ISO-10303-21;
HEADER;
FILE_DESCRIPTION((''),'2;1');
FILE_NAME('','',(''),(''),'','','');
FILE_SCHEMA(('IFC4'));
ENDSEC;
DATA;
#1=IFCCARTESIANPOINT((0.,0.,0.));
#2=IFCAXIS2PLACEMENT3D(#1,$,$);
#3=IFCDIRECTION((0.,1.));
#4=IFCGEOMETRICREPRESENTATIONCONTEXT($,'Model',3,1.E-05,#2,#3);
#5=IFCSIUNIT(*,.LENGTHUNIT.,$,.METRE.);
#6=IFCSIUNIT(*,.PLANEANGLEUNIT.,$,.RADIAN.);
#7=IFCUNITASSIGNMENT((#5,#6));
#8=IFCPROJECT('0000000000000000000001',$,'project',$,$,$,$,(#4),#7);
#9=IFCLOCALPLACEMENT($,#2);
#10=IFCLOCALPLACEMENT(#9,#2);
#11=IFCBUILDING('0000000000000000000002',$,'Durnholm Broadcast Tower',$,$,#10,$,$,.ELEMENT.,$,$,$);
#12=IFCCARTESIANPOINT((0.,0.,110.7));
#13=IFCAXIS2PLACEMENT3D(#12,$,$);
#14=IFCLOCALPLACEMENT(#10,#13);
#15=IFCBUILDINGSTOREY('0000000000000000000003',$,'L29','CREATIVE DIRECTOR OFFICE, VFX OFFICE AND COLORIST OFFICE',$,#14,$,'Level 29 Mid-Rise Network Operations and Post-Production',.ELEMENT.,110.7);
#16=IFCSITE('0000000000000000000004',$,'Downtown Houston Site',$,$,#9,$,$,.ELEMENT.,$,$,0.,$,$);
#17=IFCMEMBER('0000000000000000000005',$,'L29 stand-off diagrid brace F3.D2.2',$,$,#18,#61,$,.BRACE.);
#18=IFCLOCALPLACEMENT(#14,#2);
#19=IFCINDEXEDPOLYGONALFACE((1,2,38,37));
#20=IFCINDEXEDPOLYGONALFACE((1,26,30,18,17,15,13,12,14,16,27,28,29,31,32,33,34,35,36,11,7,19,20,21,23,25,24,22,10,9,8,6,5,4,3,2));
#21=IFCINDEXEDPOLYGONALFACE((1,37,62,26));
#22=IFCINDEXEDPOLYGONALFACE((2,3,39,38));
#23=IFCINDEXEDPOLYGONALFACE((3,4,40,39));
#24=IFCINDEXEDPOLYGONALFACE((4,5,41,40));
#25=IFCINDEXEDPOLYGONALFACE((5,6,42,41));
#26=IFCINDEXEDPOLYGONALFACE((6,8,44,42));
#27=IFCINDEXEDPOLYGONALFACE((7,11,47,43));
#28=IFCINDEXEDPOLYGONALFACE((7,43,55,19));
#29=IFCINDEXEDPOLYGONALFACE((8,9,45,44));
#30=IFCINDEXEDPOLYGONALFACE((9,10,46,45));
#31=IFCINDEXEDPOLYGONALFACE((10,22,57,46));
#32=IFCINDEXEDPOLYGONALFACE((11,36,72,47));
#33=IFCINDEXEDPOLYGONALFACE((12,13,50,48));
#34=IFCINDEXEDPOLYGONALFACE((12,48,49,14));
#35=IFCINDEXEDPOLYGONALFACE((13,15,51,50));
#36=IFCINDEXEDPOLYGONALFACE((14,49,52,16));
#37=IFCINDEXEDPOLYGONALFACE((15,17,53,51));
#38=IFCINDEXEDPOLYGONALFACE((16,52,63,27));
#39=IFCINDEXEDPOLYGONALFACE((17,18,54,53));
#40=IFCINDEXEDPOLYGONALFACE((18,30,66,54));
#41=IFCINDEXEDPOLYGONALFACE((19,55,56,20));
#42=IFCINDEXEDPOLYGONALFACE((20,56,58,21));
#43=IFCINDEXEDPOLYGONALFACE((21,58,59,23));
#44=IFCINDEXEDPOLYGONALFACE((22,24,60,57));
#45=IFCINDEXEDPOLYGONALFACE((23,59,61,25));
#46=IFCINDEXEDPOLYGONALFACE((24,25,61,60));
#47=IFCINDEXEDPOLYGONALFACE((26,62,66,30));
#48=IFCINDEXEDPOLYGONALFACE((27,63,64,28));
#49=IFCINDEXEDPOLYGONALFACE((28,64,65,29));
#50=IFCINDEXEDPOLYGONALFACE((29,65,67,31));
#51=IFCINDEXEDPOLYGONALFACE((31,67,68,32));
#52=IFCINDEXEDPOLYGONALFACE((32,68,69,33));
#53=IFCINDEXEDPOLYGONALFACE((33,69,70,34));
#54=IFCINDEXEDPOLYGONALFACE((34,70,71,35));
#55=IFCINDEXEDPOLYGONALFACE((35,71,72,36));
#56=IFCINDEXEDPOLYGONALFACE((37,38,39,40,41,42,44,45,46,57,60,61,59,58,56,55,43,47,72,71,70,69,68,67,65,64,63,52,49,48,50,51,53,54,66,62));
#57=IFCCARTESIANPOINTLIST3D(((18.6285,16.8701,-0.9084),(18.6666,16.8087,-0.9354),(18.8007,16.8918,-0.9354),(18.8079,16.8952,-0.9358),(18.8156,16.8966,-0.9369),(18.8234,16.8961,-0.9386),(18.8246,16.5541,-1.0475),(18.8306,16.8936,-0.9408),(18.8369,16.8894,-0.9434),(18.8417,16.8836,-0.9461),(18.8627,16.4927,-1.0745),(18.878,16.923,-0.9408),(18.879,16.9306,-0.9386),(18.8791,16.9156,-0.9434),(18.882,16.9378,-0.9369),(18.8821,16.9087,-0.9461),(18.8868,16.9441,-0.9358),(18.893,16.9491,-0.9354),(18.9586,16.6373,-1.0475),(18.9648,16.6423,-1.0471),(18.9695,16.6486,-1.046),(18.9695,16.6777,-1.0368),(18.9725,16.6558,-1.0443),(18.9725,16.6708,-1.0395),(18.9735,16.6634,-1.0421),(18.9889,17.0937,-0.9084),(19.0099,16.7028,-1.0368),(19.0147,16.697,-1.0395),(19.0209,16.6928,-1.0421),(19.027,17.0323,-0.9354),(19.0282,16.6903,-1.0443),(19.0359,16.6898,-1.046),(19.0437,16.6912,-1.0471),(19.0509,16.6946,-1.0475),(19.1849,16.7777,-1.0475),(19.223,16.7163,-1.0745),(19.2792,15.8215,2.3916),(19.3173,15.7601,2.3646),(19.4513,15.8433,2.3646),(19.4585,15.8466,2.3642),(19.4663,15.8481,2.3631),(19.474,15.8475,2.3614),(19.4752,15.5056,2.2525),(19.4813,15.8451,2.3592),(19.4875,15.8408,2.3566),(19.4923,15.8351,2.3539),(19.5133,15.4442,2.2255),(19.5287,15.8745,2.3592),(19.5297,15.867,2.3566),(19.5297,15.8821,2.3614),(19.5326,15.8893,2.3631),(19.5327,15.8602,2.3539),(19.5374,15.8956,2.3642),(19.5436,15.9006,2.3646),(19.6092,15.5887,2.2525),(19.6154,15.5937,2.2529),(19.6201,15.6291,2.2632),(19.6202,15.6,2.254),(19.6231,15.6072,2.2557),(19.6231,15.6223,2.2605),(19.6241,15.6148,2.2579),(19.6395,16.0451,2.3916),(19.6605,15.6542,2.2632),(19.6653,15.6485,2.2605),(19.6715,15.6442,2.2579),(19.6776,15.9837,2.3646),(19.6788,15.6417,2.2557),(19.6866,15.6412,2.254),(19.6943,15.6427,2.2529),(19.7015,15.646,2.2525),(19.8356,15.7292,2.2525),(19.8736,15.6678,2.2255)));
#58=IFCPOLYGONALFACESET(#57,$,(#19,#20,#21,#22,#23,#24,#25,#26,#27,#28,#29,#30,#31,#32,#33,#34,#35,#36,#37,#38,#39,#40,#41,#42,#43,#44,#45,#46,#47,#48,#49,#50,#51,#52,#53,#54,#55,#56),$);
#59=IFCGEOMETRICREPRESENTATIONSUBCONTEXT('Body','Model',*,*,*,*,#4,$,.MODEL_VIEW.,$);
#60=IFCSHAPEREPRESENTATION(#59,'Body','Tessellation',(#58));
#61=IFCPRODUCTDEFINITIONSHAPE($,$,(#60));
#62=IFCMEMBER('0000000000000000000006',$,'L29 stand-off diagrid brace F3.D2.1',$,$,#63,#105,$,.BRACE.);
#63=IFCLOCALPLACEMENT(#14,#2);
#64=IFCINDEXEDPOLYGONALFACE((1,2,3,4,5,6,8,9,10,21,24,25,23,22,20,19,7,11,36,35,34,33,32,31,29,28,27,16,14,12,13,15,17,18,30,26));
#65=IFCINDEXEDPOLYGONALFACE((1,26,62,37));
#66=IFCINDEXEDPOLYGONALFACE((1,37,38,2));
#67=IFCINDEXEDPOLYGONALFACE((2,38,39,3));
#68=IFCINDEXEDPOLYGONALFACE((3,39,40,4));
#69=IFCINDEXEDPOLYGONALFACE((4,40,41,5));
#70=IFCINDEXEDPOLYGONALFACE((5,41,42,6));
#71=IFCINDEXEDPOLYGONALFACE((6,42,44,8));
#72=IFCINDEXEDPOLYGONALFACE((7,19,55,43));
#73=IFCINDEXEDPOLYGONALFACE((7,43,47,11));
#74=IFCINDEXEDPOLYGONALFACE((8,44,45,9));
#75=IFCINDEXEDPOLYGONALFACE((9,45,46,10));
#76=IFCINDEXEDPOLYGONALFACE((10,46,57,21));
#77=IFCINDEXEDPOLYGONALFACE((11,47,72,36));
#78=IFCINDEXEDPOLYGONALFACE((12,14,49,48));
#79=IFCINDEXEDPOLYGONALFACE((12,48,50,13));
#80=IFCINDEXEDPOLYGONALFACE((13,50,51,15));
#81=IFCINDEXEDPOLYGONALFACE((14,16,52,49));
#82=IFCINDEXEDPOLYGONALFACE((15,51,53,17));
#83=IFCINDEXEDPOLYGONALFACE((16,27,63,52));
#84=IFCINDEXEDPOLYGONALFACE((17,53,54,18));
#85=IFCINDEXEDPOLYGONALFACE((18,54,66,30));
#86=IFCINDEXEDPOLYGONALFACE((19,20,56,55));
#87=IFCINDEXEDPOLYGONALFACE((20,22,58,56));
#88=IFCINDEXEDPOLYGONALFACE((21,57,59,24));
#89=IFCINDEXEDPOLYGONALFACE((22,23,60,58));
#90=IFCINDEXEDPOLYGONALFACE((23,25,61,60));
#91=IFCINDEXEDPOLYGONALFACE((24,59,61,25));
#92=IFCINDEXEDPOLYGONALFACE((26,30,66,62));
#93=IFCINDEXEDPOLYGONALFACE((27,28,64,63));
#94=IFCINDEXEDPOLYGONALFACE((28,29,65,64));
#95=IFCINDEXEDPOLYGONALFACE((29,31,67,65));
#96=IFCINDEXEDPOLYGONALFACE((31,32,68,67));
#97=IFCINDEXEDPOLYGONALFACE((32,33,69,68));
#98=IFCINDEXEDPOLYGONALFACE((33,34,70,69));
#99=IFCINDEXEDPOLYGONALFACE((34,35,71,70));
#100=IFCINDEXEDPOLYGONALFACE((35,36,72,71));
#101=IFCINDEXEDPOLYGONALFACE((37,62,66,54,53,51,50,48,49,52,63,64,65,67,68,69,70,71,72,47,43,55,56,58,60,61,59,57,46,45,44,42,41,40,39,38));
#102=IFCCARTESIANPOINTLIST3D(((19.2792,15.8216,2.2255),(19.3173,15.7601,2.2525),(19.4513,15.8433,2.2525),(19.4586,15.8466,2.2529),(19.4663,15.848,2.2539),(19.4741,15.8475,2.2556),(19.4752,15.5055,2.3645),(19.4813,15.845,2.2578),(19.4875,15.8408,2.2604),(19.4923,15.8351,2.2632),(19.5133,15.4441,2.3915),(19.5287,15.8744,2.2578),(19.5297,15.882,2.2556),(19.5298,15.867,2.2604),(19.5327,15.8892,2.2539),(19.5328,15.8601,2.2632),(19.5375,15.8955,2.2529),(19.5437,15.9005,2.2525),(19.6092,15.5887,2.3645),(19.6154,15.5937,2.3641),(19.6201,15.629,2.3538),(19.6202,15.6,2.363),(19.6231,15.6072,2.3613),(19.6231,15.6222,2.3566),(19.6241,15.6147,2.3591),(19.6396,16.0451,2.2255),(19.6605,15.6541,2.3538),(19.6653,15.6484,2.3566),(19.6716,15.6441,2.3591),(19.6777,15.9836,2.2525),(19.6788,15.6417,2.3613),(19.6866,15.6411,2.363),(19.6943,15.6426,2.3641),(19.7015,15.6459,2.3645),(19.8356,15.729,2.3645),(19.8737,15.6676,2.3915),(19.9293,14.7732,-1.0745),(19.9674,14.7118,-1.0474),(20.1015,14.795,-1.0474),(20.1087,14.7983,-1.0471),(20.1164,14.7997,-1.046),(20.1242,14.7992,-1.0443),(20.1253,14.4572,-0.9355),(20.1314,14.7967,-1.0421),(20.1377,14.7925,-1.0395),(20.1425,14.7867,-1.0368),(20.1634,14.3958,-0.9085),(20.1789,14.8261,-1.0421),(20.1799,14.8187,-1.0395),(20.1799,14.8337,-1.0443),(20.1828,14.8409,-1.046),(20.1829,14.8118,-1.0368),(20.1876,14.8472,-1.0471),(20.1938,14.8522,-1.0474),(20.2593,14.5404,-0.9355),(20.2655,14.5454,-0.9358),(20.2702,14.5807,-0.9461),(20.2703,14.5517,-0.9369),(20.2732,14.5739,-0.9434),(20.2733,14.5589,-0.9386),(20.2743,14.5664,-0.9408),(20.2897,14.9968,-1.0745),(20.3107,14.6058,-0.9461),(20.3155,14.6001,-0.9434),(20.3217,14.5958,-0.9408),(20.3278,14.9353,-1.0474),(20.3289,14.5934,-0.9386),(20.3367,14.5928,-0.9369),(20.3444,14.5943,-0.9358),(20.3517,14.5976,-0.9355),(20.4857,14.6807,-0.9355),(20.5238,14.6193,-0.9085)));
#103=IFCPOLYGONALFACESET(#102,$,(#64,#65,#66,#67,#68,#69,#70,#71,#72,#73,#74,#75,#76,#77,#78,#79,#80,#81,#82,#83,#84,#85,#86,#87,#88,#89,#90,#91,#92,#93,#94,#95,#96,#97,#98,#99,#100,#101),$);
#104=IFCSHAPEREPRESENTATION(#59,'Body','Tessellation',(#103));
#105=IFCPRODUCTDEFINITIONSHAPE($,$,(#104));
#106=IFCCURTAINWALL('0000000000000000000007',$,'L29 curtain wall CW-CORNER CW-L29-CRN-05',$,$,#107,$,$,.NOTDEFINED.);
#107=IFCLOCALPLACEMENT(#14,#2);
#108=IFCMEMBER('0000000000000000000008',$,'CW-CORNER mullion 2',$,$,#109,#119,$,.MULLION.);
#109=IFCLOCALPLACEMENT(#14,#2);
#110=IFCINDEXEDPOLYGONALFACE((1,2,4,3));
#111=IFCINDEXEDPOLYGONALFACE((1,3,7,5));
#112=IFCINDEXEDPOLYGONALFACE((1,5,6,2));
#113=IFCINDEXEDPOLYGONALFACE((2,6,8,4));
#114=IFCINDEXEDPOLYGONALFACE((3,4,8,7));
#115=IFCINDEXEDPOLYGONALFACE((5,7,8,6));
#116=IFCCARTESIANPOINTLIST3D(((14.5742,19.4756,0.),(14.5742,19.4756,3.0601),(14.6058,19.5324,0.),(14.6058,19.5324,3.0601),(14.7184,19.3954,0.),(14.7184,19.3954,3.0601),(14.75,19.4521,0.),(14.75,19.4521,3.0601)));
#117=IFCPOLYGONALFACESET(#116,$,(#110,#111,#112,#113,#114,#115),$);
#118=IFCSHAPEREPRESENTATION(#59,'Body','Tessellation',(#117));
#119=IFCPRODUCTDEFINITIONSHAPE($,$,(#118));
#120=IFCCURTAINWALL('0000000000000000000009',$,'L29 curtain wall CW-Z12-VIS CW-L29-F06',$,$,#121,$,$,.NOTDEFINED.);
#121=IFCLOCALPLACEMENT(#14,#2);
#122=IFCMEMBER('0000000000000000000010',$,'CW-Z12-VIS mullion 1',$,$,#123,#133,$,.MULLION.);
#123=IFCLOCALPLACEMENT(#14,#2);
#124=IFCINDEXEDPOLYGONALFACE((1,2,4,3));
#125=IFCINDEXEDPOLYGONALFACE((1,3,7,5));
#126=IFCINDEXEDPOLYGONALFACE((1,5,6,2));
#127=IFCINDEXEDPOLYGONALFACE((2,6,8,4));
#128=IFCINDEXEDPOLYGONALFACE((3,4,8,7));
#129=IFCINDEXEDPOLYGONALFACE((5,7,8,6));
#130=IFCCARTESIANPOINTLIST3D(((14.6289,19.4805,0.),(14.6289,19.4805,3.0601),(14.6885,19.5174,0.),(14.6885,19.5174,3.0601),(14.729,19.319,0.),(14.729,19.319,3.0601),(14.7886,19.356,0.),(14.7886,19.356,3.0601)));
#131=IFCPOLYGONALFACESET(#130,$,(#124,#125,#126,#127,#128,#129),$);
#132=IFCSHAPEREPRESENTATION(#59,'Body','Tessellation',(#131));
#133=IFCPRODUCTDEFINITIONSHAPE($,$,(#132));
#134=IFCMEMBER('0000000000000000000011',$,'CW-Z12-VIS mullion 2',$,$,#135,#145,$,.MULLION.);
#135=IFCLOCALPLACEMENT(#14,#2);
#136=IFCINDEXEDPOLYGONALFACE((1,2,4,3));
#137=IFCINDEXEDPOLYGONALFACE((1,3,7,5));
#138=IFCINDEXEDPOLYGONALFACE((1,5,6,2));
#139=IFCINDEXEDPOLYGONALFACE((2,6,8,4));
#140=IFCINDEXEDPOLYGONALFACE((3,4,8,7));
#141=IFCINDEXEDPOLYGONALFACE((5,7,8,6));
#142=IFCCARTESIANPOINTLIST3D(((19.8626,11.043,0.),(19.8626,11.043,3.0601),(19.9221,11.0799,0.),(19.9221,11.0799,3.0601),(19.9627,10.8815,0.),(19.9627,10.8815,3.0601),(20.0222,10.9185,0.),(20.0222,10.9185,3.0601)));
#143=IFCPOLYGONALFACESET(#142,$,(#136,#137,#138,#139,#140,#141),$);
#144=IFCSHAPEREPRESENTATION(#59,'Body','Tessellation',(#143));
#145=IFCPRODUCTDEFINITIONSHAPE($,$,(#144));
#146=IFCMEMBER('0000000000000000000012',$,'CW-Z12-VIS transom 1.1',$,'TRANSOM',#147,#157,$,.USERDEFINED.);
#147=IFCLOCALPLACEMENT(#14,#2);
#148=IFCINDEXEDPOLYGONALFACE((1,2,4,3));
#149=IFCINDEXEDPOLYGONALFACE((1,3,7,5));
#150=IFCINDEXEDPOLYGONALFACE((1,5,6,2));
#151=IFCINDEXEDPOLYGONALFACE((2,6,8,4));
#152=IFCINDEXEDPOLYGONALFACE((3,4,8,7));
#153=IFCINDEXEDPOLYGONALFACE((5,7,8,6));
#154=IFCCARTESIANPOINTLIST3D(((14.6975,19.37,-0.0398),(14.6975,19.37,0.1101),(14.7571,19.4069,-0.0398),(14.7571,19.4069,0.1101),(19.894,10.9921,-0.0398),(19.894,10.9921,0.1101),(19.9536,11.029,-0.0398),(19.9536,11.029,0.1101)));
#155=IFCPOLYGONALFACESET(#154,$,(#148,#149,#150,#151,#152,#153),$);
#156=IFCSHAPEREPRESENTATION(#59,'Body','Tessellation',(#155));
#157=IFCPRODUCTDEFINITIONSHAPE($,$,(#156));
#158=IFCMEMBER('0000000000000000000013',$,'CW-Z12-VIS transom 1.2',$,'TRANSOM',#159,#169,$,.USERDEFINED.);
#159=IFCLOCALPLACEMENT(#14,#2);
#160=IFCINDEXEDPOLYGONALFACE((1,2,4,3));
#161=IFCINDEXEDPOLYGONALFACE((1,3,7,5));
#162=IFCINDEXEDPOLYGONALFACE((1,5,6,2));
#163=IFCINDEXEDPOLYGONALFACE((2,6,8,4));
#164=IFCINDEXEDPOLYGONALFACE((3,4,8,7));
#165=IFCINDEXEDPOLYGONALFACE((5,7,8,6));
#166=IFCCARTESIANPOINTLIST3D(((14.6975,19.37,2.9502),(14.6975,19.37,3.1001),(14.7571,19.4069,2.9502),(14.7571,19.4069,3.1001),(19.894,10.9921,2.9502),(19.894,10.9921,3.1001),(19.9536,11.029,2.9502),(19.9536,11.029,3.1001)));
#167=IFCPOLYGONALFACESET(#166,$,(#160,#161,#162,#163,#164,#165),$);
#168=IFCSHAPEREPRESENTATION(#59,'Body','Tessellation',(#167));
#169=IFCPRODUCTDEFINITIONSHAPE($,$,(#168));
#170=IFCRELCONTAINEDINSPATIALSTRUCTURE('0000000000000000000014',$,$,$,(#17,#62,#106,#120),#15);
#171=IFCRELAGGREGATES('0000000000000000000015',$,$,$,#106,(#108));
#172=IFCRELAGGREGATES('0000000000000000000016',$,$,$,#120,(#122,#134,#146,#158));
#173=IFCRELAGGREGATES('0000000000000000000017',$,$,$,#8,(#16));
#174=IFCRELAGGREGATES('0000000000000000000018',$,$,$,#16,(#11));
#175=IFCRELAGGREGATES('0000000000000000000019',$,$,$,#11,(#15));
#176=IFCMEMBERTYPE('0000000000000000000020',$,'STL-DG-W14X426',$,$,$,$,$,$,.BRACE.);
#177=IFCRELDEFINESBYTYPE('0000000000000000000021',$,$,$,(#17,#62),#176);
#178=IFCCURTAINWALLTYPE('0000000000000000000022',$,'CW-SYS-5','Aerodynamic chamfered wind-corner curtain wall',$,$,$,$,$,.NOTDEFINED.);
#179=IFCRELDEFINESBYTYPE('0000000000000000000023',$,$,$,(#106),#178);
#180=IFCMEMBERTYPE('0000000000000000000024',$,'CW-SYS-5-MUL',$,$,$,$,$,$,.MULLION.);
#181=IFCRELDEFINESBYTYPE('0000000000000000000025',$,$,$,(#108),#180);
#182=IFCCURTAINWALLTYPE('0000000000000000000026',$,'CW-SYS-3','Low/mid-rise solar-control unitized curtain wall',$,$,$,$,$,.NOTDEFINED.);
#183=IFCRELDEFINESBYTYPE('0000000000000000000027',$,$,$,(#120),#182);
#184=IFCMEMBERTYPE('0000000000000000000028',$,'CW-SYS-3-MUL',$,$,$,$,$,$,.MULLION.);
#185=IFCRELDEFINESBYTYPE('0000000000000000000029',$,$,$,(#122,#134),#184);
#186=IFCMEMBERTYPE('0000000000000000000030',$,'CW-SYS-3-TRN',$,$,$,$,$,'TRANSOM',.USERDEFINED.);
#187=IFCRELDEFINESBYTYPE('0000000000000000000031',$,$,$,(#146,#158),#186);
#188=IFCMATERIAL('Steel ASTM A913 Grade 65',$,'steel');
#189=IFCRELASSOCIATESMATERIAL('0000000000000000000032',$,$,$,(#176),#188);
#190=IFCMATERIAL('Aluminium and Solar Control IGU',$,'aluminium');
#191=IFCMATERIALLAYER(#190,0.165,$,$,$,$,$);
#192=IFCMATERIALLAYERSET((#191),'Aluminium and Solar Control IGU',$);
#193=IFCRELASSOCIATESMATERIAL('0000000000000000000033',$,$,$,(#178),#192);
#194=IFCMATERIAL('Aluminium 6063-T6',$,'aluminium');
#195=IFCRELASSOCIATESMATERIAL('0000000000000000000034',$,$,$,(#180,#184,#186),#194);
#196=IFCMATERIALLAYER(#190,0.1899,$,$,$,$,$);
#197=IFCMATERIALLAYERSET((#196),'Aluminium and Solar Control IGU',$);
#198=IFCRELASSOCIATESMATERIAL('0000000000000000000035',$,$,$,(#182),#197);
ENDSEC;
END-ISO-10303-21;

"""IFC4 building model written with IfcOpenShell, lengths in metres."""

from ifc_helpers import new_model, si_unit, direction, frame, origin, origin_2d, place, context, subcontext, project, spatial, rectangle, i_section, extrude, source, transform, mapped, material, layer, layer_set, material_profile, profile_set, type_object, type_shapes, element, aggregate, save


model = new_model("IFC4")

# Units and contexts
model_context = context("Model", 3, precision=1e-05, world=origin(), true_north=direction((0.0, 1.0)))
body_context = subcontext(model_context, "Body", "Model", "MODEL_VIEW")
ifc_project = project(units=[si_unit("LENGTHUNIT", "METRE"), si_unit("PLANEANGLEUNIT", "RADIAN")], contexts=[model_context])

# Site, building, storey
site_placement = place(None, origin())
site = spatial("IfcSite", under=ifc_project, at=site_placement, Name="Downtown Houston Site", CompositionType="ELEMENT", RefElevation=0.0)
building_placement = place(site_placement, origin())
building = spatial("IfcBuilding", under=site, at=building_placement, Name="Durnholm Broadcast Tower", CompositionType="ELEMENT")
storey_placement = place(building_placement, frame((0.0, 0.0, 110.7)))
storey = spatial("IfcBuildingStorey", under=building, at=storey_placement, Name="L29", Description="CREATIVE DIRECTOR OFFICE, VFX OFFICE AND COLORIST OFFICE", LongName="Level 29 Mid-Rise Network Operations and Post-Production", CompositionType="ELEMENT", Elevation=110.7)

# Members
ifc_material_1 = material(Name="Steel ASTM A913 Grade 65", Category="steel")
ifc_material_profile_1 = material_profile(ifc_material_1, i_section(OverallWidth=0.4241, OverallDepth=0.4741, WebThickness=0.0476, FlangeThickness=0.0771, FilletRadius=0.0305, at=origin_2d()), Name="W14X426")
ifc_profile_set_1 = profile_set([ifc_material_profile_1], Name="Steel ASTM A913 Grade 65")
member_type_1 = type_object("IfcMemberType", Name="STL-DG-W14X426", PredefinedType="BRACE", material=ifc_profile_set_1)
shared_shape_1 = source(origin(), body_context, "Body", "SweptSolid", [
    extrude(i_section(OverallWidth=0.4241, OverallDepth=0.4741, WebThickness=0.0476, FlangeThickness=0.0771, FilletRadius=0.0305, at=origin_2d()), origin(), (0.0, 0.0, 1.0), 3.5232),
])
for number, where, z_axis, x_axis, name in (
    (1, (18.9258, 16.7932, -0.9915), (0.18467, -0.29762, 0.936653), (0.849717, 0.52724, 0.0), "L29 stand-off diagrid brace F3.D2.2"),
):
    element("IfcMember", number, at=place(storey_placement, frame(where, z_axis=z_axis, x_axis=x_axis)), inside=storey, type_object=member_type_1, Name=name, PredefinedType="BRACE", context=body_context, shape_type="MappedRepresentation", body=[
        mapped(shared_shape_1, transform((0.0, 0.0, 0.0), x_axis=(1.0, 0.0, 0.0), y_axis=(0.0, 1.0, 0.0), z_axis=(0.0, 0.0, 1.0), scale=1.0)),
    ])
shared_shape_2 = source(origin(), body_context, "Body", "SweptSolid", [
    extrude(i_section(OverallWidth=0.4241, OverallDepth=0.4741, WebThickness=0.0476, FlangeThickness=0.0771, FilletRadius=0.0305, at=origin_2d()), origin(), (0.0, 0.0, 1.0), 3.5229),
])
type_shapes(member_type_1, [shared_shape_1, shared_shape_2])
member_1_placement = place(storey_placement, frame((20.2266, 14.6963, -0.9915), z_axis=(-0.18454, 0.297564, 0.936697), x_axis=(-0.849839, -0.527043, 0.0)))
element("IfcMember", 2, at=member_1_placement, inside=storey, type_object=member_type_1, Name="L29 stand-off diagrid brace F3.D2.1", PredefinedType="BRACE", context=body_context, shape_type="MappedRepresentation", body=[
    mapped(shared_shape_2, transform((0.0, 0.0, 0.0), x_axis=(1.0, 0.0, 0.0), y_axis=(0.0, 1.0, 0.0), z_axis=(0.0, 0.0, 1.0), scale=1.0)),
])

# Curtain wall, member
ifc_material_2 = material(Name="Aluminium and Solar Control IGU", Category="aluminium")
ifc_layer_1 = layer(ifc_material_2, 0.165)
ifc_layer_set_1 = layer_set([ifc_layer_1], Name="Aluminium and Solar Control IGU")
curtain_wall_type_1 = type_object("IfcCurtainWallType", Name="CW-SYS-5", Description="Aerodynamic chamfered wind-corner curtain wall", PredefinedType="NOTDEFINED", material=ifc_layer_set_1)
curtain_wall_1_placement = place(storey_placement, origin())
curtain_wall_1 = element("IfcCurtainWall", 3, at=curtain_wall_1_placement, inside=storey, type_object=curtain_wall_type_1, Name="L29 curtain wall CW-CORNER CW-L29-CRN-05", PredefinedType="NOTDEFINED")
ifc_material_3 = material(Name="Aluminium 6063-T6", Category="aluminium")
ifc_material_profile_2 = material_profile(ifc_material_3, rectangle(XDim=0.0649, YDim=0.165, at=origin_2d()), Name="CWM65X165")
ifc_profile_set_2 = profile_set([ifc_material_profile_2], Name="Aluminium 6063-T6")
member_type_2 = type_object("IfcMemberType", Name="CW-SYS-5-MUL", PredefinedType="MULLION", material=ifc_profile_set_2)
shared_shape_3 = source(origin(), body_context, "Body", "SweptSolid", [
    extrude(rectangle(XDim=0.0649, YDim=0.165, at=origin_2d()), origin(), (0.0, 0.0, 1.0), 3.0601),
])
type_shapes(member_type_2, [shared_shape_3])
member_2_placement = place(storey_placement, frame((14.6621, 19.4639, 0.0), z_axis=(0.0, 0.0, 1.0), x_axis=(0.486244, 0.873823, 0.0)))
member_2 = element("IfcMember", 4, at=member_2_placement, type_object=member_type_2, Name="CW-CORNER mullion 2", PredefinedType="MULLION", context=body_context, shape_type="MappedRepresentation", body=[
    mapped(shared_shape_3, transform((0.0, 0.0, 0.0), x_axis=(1.0, 0.0, 0.0), y_axis=(0.0, 1.0, 0.0), z_axis=(0.0, 0.0, 1.0), scale=1.0)),
])

# Curtain wall, members
ifc_layer_2 = layer(ifc_material_2, 0.1899)
ifc_layer_set_2 = layer_set([ifc_layer_2], Name="Aluminium and Solar Control IGU")
curtain_wall_type_2 = type_object("IfcCurtainWallType", Name="CW-SYS-3", Description="Low/mid-rise solar-control unitized curtain wall", PredefinedType="NOTDEFINED", material=ifc_layer_set_2)
curtain_wall_2_placement = place(storey_placement, origin())
curtain_wall_2 = element("IfcCurtainWall", 5, at=curtain_wall_2_placement, inside=storey, type_object=curtain_wall_type_2, Name="L29 curtain wall CW-Z12-VIS CW-L29-F06", PredefinedType="NOTDEFINED")
ifc_material_profile_3 = material_profile(ifc_material_3, rectangle(XDim=0.0701, YDim=0.1899, at=origin_2d()), Name="CWM70X190")
ifc_profile_set_3 = profile_set([ifc_material_profile_3], Name="Aluminium 6063-T6")
member_type_3 = type_object("IfcMemberType", Name="CW-SYS-3-MUL", PredefinedType="MULLION", material=ifc_profile_set_3)
shared_shape_4 = source(origin(), body_context, "Body", "SweptSolid", [
    extrude(rectangle(XDim=0.0701, YDim=0.1899, at=origin_2d()), origin(), (0.0, 0.0, 1.0), 3.0601),
])
type_shapes(member_type_3, [shared_shape_4])
member_3_placement = place(storey_placement, frame((14.7087, 19.4182, 0.0), z_axis=(0.0, 0.0, 1.0), x_axis=(0.8498, 0.527105, 0.0)))
member_3 = element("IfcMember", 6, at=member_3_placement, type_object=member_type_3, Name="CW-Z12-VIS mullion 1", PredefinedType="MULLION", context=body_context, shape_type="MappedRepresentation", body=[
    mapped(shared_shape_4, transform((0.0, 0.0, 0.0), x_axis=(1.0, 0.0, 0.0), y_axis=(0.0, 1.0, 0.0), z_axis=(0.0, 0.0, 1.0), scale=1.0)),
])
member_4_placement = place(storey_placement, frame((19.9424, 10.9807, 0.0), z_axis=(0.0, 0.0, 1.0), x_axis=(0.8498, 0.527105, 0.0)))
member_4 = element("IfcMember", 7, at=member_4_placement, type_object=member_type_3, Name="CW-Z12-VIS mullion 2", PredefinedType="MULLION", context=body_context, shape_type="MappedRepresentation", body=[
    mapped(shared_shape_4, transform((0.0, 0.0, 0.0), x_axis=(1.0, 0.0, 0.0), y_axis=(0.0, 1.0, 0.0), z_axis=(0.0, 0.0, 1.0), scale=1.0)),
])
ifc_material_profile_4 = material_profile(ifc_material_3, rectangle(XDim=0.0701, YDim=0.1499, at=origin_2d()), Name="CWT70X150")
ifc_profile_set_4 = profile_set([ifc_material_profile_4], Name="Aluminium 6063-T6")
member_type_4 = type_object("IfcMemberType", Name="CW-SYS-3-TRN", ElementType="TRANSOM", PredefinedType="USERDEFINED", material=ifc_profile_set_4)
shared_shape_5 = source(origin(), body_context, "Body", "SweptSolid", [
    extrude(rectangle(XDim=0.0701, YDim=0.1499, at=origin_2d()), origin(), (0.0, 0.0, 1.0), 9.8586),
])
member_5_placement = place(storey_placement, frame((14.7273, 19.3884, 0.0352), z_axis=(0.527102, -0.849802, 0.0), x_axis=(0.849802, 0.527102, 0.0)))
member_5 = element("IfcMember", 8, at=member_5_placement, type_object=member_type_4, Name="CW-Z12-VIS transom 1.1", ObjectType="TRANSOM", PredefinedType="USERDEFINED", context=body_context, shape_type="MappedRepresentation", body=[
    mapped(shared_shape_5, transform((0.0, 0.0, 0.0), x_axis=(1.0, 0.0, 0.0), y_axis=(0.0, 1.0, 0.0), z_axis=(0.0, 0.0, 1.0), scale=1.0)),
])
member_6_placement = place(storey_placement, frame((14.7273, 19.3884, 3.0251), z_axis=(0.527102, -0.849802, 0.0), x_axis=(0.849802, 0.527102, 0.0)))
member_6 = element("IfcMember", 9, at=member_6_placement, type_object=member_type_4, Name="CW-Z12-VIS transom 1.2", ObjectType="TRANSOM", PredefinedType="USERDEFINED", context=body_context, shape_type="MappedRepresentation", body=[
    mapped(shared_shape_5, transform((0.0, 0.0, 0.0), x_axis=(1.0, 0.0, 0.0), y_axis=(0.0, 1.0, 0.0), z_axis=(0.0, 0.0, 1.0), scale=1.0)),
])

aggregate(curtain_wall_1, [member_2])
aggregate(curtain_wall_2, [member_3, member_4, member_5, member_6])

save(model, "model.ifc")
